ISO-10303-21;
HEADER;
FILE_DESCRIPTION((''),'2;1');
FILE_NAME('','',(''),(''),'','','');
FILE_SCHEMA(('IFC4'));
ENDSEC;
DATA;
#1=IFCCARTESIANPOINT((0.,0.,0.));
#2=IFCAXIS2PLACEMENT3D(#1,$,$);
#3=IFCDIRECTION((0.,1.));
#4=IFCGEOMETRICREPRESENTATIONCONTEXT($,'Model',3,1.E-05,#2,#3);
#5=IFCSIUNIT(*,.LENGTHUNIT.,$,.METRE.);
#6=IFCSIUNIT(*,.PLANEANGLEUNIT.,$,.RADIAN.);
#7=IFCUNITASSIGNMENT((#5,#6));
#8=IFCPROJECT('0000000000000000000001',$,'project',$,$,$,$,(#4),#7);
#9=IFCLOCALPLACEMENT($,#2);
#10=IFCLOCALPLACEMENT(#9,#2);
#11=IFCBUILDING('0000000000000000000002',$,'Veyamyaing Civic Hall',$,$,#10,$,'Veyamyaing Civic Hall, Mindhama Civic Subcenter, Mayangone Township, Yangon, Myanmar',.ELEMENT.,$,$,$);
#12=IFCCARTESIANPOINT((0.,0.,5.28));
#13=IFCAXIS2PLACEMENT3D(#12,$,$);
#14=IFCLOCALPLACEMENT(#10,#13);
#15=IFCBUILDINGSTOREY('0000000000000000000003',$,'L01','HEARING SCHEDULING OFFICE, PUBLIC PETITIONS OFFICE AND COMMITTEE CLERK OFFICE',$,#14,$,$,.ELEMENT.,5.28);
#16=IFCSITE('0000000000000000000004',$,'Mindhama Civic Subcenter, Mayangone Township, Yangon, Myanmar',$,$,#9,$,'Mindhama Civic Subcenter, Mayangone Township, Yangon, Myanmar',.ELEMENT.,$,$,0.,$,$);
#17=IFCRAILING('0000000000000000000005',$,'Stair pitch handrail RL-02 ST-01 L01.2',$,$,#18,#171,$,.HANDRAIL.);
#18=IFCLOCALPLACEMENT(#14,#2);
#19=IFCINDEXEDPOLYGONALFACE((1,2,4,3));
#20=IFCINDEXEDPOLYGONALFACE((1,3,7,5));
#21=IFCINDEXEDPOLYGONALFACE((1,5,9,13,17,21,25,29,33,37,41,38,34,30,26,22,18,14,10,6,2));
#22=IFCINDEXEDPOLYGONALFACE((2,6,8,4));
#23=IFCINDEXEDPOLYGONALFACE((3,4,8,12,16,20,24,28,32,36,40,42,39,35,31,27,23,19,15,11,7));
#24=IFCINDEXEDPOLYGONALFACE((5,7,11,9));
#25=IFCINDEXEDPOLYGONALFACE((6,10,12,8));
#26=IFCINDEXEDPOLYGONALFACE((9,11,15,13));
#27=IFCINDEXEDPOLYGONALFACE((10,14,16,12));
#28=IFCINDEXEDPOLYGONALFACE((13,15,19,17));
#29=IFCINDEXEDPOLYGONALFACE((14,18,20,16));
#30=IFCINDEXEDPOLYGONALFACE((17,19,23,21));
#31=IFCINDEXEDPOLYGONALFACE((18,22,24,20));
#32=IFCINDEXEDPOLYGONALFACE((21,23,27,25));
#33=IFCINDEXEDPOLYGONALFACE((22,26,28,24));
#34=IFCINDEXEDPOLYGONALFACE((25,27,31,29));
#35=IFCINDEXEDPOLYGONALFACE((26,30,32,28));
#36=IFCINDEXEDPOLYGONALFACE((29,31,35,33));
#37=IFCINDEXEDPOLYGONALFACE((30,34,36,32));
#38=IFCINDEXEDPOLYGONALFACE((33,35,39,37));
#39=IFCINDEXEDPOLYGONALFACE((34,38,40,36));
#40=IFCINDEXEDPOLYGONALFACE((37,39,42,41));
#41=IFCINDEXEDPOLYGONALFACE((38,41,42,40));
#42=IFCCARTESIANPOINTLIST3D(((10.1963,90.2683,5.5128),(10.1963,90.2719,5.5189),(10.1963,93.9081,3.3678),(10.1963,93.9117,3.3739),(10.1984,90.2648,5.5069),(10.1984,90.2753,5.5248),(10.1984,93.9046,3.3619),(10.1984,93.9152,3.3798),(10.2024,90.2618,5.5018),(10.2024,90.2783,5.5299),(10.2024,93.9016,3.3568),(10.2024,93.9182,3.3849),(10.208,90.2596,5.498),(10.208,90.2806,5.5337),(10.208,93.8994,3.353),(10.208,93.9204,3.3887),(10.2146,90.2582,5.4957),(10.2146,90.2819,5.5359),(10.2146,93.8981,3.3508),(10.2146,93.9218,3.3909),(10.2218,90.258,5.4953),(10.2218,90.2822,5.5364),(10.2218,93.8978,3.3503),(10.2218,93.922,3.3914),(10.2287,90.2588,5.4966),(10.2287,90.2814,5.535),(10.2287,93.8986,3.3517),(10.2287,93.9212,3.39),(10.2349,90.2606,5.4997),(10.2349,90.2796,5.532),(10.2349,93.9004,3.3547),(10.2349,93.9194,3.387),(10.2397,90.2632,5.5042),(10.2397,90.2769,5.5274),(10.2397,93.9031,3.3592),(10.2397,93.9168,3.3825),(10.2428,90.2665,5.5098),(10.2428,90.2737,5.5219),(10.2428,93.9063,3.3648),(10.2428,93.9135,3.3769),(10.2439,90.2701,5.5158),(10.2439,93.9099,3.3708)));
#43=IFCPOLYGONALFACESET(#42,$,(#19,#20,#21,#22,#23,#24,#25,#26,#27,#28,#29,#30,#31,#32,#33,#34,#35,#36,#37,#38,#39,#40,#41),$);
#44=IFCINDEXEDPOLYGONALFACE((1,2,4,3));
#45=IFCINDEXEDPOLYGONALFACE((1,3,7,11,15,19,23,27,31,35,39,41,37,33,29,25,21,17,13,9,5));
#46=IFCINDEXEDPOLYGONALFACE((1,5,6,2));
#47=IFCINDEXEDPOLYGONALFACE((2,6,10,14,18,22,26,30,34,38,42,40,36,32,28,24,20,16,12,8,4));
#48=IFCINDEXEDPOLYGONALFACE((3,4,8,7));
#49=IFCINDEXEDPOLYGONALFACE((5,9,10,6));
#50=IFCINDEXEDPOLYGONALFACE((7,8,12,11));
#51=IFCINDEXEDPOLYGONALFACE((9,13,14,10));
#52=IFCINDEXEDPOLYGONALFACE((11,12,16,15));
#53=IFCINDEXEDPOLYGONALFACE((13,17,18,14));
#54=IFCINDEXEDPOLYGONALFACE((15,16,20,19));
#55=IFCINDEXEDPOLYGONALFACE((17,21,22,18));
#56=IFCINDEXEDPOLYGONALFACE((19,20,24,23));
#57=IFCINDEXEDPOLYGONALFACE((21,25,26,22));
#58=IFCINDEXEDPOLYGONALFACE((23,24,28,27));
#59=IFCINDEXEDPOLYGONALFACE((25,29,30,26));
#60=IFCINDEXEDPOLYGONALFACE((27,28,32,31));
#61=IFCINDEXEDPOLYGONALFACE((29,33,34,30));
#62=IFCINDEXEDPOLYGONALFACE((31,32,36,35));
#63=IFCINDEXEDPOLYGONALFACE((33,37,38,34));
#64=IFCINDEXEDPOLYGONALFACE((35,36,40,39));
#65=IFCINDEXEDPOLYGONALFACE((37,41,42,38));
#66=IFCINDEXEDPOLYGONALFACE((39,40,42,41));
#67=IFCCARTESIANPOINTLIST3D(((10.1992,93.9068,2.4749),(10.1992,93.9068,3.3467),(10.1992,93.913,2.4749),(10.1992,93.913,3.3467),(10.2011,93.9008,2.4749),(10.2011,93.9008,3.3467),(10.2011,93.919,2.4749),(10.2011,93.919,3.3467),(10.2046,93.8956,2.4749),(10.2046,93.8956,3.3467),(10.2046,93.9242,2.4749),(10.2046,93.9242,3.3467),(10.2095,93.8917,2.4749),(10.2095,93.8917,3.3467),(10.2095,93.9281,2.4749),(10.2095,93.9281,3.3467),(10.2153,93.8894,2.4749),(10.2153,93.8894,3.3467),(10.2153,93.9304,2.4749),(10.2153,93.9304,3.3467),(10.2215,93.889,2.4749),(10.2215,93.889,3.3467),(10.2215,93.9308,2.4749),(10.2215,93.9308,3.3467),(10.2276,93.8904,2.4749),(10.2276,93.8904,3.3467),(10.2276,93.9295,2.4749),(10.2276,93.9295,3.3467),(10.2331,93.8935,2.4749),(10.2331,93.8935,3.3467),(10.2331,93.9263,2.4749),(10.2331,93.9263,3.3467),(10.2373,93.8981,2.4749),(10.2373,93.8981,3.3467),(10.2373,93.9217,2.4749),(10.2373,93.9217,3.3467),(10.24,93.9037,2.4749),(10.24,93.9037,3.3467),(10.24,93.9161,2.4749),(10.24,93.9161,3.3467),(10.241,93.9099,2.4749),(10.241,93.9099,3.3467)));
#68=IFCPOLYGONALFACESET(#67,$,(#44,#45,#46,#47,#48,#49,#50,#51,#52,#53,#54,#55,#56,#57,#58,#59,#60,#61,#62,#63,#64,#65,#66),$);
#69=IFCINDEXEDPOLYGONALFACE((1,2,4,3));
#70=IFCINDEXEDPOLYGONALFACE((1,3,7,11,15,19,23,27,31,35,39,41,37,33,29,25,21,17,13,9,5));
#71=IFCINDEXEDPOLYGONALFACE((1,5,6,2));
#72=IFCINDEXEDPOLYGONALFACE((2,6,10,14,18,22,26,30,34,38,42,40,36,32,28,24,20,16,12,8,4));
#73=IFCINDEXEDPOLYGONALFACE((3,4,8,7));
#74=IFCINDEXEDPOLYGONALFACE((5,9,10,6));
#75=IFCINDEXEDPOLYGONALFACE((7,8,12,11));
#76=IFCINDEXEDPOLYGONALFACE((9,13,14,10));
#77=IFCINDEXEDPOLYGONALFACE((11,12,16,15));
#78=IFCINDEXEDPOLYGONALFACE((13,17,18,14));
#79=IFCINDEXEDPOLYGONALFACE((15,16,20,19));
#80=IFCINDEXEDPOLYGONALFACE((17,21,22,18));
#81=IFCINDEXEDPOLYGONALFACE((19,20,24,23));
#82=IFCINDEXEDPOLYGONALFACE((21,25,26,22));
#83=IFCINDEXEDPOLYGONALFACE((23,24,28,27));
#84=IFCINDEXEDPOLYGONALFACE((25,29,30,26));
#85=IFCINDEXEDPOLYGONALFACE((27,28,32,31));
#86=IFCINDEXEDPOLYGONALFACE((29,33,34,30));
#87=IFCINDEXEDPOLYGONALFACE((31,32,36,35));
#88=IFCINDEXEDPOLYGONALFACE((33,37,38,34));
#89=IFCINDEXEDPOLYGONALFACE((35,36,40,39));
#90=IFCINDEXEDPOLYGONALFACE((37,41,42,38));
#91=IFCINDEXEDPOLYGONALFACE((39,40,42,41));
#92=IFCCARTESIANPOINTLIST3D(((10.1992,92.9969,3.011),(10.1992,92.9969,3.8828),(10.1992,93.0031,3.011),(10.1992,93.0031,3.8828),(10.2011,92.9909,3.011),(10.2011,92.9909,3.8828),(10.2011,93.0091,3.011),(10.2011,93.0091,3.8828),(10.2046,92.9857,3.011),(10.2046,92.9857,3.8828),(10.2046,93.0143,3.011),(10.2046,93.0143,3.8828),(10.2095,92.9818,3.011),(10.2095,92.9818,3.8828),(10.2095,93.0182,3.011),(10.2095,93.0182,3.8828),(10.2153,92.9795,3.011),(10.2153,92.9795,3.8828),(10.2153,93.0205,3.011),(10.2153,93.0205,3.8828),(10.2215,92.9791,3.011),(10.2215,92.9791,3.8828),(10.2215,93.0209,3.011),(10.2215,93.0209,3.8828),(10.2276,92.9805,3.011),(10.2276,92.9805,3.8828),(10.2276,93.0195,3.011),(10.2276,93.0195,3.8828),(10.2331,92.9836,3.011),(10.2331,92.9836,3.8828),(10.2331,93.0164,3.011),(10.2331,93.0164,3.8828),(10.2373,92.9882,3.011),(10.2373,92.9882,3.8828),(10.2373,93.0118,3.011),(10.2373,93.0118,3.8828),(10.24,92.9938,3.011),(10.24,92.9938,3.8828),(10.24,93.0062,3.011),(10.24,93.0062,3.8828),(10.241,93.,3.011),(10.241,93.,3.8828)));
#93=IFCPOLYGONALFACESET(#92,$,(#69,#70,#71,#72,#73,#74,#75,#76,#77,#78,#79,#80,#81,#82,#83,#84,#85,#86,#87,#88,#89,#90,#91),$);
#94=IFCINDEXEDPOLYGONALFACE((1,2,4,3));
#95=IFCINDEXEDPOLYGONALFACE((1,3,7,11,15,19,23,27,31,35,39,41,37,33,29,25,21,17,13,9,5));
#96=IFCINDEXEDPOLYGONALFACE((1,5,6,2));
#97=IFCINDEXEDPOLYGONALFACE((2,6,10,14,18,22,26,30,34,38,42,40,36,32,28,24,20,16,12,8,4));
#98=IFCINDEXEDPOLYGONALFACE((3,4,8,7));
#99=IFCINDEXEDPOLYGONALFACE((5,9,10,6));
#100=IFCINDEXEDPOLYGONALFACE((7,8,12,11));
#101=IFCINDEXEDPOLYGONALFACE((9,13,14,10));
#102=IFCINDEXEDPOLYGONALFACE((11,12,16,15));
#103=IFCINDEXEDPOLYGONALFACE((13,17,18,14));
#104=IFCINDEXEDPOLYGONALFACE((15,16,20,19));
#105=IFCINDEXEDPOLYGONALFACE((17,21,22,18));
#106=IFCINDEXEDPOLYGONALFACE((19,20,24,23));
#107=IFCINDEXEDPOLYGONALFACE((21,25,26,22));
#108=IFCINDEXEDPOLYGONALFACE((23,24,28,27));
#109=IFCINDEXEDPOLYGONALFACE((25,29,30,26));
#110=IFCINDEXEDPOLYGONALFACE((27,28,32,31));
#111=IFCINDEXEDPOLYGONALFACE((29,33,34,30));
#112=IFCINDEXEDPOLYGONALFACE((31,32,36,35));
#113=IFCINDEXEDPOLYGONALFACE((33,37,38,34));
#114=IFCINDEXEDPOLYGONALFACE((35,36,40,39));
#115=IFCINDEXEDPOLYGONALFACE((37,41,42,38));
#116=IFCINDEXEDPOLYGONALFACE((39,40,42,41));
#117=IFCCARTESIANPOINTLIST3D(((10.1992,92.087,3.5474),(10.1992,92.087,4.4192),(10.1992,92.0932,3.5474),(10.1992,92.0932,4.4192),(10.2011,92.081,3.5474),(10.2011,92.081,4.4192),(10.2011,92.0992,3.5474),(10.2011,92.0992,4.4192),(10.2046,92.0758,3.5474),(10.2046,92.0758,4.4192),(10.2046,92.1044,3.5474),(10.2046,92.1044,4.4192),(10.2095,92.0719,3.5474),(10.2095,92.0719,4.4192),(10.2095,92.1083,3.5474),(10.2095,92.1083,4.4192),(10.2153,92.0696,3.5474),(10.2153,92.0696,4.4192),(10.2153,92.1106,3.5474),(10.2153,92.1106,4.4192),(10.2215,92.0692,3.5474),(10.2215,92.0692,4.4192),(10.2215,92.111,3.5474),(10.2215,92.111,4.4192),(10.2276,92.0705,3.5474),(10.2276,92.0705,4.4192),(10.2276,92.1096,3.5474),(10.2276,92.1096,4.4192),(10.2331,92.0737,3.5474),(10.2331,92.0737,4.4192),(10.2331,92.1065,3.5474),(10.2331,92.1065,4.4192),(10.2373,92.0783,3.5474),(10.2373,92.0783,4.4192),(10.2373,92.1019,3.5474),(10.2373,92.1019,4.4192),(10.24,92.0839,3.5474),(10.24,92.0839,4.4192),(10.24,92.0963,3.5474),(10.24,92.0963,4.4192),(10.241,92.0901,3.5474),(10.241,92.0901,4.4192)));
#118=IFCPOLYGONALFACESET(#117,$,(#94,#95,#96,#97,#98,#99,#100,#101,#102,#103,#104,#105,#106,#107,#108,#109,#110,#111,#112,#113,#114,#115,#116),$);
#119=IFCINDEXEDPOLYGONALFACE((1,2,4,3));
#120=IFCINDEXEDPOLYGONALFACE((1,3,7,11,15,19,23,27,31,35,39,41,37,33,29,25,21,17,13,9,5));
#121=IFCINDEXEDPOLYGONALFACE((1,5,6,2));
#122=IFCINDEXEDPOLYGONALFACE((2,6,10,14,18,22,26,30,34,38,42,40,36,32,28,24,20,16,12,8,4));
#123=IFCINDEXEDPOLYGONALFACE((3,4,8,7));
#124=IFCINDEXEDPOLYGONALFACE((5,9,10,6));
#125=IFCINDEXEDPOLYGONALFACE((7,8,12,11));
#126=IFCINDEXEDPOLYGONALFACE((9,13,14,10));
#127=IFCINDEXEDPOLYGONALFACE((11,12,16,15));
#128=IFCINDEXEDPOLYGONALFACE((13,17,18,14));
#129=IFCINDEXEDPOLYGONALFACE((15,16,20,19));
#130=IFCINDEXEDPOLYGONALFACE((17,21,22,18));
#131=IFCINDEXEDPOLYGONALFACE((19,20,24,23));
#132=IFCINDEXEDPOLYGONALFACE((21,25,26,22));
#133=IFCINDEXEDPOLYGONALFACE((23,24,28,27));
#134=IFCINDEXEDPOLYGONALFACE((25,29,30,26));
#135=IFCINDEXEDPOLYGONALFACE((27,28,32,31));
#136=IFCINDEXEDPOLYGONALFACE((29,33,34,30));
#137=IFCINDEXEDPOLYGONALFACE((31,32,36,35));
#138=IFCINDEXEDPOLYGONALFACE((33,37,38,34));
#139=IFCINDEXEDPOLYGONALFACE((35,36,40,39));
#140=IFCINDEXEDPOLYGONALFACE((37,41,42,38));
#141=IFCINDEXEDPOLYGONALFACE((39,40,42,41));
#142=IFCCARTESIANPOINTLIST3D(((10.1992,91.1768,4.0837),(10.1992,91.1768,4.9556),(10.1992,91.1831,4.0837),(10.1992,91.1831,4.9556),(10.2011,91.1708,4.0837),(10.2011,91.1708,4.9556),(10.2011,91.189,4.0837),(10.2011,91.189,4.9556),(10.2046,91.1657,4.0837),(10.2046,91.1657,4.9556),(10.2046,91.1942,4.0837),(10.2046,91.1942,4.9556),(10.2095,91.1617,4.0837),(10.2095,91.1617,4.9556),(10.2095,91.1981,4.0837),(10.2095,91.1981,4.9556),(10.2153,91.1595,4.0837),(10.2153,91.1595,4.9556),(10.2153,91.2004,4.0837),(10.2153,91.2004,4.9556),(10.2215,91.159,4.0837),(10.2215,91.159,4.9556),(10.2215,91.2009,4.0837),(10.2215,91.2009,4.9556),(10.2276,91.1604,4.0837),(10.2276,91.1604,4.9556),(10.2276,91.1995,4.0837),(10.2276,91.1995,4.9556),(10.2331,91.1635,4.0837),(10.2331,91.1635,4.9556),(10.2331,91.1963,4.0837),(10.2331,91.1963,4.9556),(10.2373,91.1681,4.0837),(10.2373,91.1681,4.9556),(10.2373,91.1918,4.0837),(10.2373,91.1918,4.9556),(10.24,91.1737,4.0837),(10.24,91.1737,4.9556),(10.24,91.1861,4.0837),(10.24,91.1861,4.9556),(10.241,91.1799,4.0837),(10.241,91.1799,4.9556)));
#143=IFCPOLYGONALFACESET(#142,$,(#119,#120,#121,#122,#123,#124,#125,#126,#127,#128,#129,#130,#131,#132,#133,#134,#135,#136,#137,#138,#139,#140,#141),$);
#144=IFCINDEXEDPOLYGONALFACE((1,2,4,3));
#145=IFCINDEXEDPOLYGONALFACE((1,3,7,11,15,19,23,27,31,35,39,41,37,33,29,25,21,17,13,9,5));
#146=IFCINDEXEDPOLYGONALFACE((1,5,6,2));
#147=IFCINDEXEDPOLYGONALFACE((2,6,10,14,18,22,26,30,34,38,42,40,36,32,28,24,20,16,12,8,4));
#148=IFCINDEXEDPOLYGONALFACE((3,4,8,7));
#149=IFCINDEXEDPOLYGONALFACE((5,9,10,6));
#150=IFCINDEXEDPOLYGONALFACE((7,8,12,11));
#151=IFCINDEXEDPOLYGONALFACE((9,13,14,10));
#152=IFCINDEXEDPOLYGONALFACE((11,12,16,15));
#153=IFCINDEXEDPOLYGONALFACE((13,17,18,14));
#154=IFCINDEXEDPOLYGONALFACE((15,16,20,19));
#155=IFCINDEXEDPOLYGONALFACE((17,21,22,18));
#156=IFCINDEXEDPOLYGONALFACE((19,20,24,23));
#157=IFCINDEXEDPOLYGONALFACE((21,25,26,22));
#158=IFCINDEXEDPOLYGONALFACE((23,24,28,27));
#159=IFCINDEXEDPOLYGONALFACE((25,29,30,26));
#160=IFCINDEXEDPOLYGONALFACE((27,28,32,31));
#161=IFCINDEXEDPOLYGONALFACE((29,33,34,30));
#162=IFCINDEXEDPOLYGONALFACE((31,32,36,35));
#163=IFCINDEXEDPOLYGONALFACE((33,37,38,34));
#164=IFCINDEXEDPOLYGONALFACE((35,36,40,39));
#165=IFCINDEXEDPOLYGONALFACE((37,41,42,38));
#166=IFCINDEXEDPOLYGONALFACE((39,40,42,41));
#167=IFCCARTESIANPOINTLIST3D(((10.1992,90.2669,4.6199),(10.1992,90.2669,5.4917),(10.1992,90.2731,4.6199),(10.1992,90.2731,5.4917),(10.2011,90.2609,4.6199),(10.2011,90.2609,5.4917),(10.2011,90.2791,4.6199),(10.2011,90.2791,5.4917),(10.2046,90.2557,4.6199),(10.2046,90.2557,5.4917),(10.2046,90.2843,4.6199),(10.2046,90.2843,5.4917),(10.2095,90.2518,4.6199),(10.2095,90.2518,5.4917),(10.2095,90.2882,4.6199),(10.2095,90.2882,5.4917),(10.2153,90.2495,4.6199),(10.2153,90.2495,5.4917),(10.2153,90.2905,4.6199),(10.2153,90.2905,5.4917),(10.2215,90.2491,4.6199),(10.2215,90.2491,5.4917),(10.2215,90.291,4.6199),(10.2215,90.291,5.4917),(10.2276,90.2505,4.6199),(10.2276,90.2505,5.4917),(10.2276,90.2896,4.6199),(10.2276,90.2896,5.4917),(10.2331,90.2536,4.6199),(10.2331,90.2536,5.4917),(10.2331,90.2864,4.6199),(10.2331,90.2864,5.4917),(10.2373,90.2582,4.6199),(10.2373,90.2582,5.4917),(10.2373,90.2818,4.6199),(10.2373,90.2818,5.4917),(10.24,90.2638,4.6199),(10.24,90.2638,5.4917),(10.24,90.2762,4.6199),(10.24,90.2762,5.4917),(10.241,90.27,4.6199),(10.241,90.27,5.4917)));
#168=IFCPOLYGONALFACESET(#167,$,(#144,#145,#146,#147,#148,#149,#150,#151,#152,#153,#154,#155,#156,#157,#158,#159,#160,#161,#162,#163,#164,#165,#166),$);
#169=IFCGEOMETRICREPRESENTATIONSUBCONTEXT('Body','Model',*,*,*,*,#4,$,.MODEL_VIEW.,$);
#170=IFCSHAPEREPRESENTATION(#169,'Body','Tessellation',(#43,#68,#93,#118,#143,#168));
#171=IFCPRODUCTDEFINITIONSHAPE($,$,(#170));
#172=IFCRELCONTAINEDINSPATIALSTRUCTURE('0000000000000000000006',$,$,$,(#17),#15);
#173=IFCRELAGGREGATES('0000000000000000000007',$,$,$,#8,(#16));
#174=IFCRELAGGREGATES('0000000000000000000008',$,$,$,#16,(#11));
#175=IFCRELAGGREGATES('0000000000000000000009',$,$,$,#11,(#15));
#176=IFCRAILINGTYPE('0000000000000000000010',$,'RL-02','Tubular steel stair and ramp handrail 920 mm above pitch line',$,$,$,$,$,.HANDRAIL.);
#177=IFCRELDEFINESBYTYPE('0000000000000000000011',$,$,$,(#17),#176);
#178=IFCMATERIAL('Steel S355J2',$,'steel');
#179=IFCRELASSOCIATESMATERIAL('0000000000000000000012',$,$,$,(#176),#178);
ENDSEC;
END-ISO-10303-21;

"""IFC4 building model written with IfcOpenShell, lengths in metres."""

from ifc_helpers import new_model, si_unit, direction, frame, origin, origin_2d, place, context, subcontext, project, spatial, circle, extrude, material, type_object, element, save


model = new_model("IFC4")

# Units and contexts
model_context = context("Model", 3, precision=1e-05, world=origin(), true_north=direction((0.0, 1.0)))
body_context = subcontext(model_context, "Body", "Model", "MODEL_VIEW")
ifc_project = project(units=[si_unit("LENGTHUNIT", "METRE"), si_unit("PLANEANGLEUNIT", "RADIAN")], contexts=[model_context])

# Site, building, storey
site_placement = place(None, origin())
site = spatial("IfcSite", under=ifc_project, at=site_placement, Name="Mindhama Civic Subcenter, Mayangone Township, Yangon, Myanmar", LongName="Mindhama Civic Subcenter, Mayangone Township, Yangon, Myanmar", CompositionType="ELEMENT", RefElevation=0.0)
building_placement = place(site_placement, origin())
building = spatial("IfcBuilding", under=site, at=building_placement, Name="Veyamyaing Civic Hall", LongName="Veyamyaing Civic Hall, Mindhama Civic Subcenter, Mayangone Township, Yangon, Myanmar", CompositionType="ELEMENT")
storey_placement = place(building_placement, frame((0.0, 0.0, 5.28)))
storey = spatial("IfcBuildingStorey", under=building, at=storey_placement, Name="L01", Description="HEARING SCHEDULING OFFICE, PUBLIC PETITIONS OFFICE AND COMMITTEE CLERK OFFICE", CompositionType="ELEMENT", Elevation=5.28)

# Railing
ifc_material_1 = material(Name="Steel S355J2", Category="steel")
railing_type_1 = type_object("IfcRailingType", Name="RL-02", Description="Tubular steel stair and ramp handrail 920 mm above pitch line", PredefinedType="HANDRAIL", material=ifc_material_1)
railing_1_placement = place(storey_placement, frame((10.22, 93.9099, 2.4749)))
element("IfcRailing", 1, at=railing_1_placement, inside=storey, type_object=railing_type_1, Name="Stair pitch handrail RL-02 ST-01 L01.2", PredefinedType="HANDRAIL", context=body_context, shape_type="SweptSolid", body=[
    extrude(circle(Radius=0.0239, at=origin_2d()), frame((0.0, 0.0, 0.896), z_axis=(0.0, -0.86153, 0.507707), x_axis=(1.0, 0.0, 0.0)), (0.0, 0.0, 1.0), 4.2249),
    extrude(circle(Radius=0.021, at=origin_2d()), origin(), (0.0, 0.0, 1.0), 0.8718),
    extrude(circle(Radius=0.021, at=origin_2d()), frame((0.0, -0.9099, 0.5361)), (0.0, 0.0, 1.0), 0.8718),
    extrude(circle(Radius=0.021, at=origin_2d()), frame((0.0, -1.8198, 1.0725)), (0.0, 0.0, 1.0), 0.8718),
    extrude(circle(Radius=0.021, at=origin_2d()), frame((0.0, -2.73, 1.6089)), (0.0, 0.0, 1.0), 0.8718),
    extrude(circle(Radius=0.021, at=origin_2d()), frame((0.0, -3.6399, 2.145)), (0.0, 0.0, 1.0), 0.8718),
])

save(model, "model.ifc")
